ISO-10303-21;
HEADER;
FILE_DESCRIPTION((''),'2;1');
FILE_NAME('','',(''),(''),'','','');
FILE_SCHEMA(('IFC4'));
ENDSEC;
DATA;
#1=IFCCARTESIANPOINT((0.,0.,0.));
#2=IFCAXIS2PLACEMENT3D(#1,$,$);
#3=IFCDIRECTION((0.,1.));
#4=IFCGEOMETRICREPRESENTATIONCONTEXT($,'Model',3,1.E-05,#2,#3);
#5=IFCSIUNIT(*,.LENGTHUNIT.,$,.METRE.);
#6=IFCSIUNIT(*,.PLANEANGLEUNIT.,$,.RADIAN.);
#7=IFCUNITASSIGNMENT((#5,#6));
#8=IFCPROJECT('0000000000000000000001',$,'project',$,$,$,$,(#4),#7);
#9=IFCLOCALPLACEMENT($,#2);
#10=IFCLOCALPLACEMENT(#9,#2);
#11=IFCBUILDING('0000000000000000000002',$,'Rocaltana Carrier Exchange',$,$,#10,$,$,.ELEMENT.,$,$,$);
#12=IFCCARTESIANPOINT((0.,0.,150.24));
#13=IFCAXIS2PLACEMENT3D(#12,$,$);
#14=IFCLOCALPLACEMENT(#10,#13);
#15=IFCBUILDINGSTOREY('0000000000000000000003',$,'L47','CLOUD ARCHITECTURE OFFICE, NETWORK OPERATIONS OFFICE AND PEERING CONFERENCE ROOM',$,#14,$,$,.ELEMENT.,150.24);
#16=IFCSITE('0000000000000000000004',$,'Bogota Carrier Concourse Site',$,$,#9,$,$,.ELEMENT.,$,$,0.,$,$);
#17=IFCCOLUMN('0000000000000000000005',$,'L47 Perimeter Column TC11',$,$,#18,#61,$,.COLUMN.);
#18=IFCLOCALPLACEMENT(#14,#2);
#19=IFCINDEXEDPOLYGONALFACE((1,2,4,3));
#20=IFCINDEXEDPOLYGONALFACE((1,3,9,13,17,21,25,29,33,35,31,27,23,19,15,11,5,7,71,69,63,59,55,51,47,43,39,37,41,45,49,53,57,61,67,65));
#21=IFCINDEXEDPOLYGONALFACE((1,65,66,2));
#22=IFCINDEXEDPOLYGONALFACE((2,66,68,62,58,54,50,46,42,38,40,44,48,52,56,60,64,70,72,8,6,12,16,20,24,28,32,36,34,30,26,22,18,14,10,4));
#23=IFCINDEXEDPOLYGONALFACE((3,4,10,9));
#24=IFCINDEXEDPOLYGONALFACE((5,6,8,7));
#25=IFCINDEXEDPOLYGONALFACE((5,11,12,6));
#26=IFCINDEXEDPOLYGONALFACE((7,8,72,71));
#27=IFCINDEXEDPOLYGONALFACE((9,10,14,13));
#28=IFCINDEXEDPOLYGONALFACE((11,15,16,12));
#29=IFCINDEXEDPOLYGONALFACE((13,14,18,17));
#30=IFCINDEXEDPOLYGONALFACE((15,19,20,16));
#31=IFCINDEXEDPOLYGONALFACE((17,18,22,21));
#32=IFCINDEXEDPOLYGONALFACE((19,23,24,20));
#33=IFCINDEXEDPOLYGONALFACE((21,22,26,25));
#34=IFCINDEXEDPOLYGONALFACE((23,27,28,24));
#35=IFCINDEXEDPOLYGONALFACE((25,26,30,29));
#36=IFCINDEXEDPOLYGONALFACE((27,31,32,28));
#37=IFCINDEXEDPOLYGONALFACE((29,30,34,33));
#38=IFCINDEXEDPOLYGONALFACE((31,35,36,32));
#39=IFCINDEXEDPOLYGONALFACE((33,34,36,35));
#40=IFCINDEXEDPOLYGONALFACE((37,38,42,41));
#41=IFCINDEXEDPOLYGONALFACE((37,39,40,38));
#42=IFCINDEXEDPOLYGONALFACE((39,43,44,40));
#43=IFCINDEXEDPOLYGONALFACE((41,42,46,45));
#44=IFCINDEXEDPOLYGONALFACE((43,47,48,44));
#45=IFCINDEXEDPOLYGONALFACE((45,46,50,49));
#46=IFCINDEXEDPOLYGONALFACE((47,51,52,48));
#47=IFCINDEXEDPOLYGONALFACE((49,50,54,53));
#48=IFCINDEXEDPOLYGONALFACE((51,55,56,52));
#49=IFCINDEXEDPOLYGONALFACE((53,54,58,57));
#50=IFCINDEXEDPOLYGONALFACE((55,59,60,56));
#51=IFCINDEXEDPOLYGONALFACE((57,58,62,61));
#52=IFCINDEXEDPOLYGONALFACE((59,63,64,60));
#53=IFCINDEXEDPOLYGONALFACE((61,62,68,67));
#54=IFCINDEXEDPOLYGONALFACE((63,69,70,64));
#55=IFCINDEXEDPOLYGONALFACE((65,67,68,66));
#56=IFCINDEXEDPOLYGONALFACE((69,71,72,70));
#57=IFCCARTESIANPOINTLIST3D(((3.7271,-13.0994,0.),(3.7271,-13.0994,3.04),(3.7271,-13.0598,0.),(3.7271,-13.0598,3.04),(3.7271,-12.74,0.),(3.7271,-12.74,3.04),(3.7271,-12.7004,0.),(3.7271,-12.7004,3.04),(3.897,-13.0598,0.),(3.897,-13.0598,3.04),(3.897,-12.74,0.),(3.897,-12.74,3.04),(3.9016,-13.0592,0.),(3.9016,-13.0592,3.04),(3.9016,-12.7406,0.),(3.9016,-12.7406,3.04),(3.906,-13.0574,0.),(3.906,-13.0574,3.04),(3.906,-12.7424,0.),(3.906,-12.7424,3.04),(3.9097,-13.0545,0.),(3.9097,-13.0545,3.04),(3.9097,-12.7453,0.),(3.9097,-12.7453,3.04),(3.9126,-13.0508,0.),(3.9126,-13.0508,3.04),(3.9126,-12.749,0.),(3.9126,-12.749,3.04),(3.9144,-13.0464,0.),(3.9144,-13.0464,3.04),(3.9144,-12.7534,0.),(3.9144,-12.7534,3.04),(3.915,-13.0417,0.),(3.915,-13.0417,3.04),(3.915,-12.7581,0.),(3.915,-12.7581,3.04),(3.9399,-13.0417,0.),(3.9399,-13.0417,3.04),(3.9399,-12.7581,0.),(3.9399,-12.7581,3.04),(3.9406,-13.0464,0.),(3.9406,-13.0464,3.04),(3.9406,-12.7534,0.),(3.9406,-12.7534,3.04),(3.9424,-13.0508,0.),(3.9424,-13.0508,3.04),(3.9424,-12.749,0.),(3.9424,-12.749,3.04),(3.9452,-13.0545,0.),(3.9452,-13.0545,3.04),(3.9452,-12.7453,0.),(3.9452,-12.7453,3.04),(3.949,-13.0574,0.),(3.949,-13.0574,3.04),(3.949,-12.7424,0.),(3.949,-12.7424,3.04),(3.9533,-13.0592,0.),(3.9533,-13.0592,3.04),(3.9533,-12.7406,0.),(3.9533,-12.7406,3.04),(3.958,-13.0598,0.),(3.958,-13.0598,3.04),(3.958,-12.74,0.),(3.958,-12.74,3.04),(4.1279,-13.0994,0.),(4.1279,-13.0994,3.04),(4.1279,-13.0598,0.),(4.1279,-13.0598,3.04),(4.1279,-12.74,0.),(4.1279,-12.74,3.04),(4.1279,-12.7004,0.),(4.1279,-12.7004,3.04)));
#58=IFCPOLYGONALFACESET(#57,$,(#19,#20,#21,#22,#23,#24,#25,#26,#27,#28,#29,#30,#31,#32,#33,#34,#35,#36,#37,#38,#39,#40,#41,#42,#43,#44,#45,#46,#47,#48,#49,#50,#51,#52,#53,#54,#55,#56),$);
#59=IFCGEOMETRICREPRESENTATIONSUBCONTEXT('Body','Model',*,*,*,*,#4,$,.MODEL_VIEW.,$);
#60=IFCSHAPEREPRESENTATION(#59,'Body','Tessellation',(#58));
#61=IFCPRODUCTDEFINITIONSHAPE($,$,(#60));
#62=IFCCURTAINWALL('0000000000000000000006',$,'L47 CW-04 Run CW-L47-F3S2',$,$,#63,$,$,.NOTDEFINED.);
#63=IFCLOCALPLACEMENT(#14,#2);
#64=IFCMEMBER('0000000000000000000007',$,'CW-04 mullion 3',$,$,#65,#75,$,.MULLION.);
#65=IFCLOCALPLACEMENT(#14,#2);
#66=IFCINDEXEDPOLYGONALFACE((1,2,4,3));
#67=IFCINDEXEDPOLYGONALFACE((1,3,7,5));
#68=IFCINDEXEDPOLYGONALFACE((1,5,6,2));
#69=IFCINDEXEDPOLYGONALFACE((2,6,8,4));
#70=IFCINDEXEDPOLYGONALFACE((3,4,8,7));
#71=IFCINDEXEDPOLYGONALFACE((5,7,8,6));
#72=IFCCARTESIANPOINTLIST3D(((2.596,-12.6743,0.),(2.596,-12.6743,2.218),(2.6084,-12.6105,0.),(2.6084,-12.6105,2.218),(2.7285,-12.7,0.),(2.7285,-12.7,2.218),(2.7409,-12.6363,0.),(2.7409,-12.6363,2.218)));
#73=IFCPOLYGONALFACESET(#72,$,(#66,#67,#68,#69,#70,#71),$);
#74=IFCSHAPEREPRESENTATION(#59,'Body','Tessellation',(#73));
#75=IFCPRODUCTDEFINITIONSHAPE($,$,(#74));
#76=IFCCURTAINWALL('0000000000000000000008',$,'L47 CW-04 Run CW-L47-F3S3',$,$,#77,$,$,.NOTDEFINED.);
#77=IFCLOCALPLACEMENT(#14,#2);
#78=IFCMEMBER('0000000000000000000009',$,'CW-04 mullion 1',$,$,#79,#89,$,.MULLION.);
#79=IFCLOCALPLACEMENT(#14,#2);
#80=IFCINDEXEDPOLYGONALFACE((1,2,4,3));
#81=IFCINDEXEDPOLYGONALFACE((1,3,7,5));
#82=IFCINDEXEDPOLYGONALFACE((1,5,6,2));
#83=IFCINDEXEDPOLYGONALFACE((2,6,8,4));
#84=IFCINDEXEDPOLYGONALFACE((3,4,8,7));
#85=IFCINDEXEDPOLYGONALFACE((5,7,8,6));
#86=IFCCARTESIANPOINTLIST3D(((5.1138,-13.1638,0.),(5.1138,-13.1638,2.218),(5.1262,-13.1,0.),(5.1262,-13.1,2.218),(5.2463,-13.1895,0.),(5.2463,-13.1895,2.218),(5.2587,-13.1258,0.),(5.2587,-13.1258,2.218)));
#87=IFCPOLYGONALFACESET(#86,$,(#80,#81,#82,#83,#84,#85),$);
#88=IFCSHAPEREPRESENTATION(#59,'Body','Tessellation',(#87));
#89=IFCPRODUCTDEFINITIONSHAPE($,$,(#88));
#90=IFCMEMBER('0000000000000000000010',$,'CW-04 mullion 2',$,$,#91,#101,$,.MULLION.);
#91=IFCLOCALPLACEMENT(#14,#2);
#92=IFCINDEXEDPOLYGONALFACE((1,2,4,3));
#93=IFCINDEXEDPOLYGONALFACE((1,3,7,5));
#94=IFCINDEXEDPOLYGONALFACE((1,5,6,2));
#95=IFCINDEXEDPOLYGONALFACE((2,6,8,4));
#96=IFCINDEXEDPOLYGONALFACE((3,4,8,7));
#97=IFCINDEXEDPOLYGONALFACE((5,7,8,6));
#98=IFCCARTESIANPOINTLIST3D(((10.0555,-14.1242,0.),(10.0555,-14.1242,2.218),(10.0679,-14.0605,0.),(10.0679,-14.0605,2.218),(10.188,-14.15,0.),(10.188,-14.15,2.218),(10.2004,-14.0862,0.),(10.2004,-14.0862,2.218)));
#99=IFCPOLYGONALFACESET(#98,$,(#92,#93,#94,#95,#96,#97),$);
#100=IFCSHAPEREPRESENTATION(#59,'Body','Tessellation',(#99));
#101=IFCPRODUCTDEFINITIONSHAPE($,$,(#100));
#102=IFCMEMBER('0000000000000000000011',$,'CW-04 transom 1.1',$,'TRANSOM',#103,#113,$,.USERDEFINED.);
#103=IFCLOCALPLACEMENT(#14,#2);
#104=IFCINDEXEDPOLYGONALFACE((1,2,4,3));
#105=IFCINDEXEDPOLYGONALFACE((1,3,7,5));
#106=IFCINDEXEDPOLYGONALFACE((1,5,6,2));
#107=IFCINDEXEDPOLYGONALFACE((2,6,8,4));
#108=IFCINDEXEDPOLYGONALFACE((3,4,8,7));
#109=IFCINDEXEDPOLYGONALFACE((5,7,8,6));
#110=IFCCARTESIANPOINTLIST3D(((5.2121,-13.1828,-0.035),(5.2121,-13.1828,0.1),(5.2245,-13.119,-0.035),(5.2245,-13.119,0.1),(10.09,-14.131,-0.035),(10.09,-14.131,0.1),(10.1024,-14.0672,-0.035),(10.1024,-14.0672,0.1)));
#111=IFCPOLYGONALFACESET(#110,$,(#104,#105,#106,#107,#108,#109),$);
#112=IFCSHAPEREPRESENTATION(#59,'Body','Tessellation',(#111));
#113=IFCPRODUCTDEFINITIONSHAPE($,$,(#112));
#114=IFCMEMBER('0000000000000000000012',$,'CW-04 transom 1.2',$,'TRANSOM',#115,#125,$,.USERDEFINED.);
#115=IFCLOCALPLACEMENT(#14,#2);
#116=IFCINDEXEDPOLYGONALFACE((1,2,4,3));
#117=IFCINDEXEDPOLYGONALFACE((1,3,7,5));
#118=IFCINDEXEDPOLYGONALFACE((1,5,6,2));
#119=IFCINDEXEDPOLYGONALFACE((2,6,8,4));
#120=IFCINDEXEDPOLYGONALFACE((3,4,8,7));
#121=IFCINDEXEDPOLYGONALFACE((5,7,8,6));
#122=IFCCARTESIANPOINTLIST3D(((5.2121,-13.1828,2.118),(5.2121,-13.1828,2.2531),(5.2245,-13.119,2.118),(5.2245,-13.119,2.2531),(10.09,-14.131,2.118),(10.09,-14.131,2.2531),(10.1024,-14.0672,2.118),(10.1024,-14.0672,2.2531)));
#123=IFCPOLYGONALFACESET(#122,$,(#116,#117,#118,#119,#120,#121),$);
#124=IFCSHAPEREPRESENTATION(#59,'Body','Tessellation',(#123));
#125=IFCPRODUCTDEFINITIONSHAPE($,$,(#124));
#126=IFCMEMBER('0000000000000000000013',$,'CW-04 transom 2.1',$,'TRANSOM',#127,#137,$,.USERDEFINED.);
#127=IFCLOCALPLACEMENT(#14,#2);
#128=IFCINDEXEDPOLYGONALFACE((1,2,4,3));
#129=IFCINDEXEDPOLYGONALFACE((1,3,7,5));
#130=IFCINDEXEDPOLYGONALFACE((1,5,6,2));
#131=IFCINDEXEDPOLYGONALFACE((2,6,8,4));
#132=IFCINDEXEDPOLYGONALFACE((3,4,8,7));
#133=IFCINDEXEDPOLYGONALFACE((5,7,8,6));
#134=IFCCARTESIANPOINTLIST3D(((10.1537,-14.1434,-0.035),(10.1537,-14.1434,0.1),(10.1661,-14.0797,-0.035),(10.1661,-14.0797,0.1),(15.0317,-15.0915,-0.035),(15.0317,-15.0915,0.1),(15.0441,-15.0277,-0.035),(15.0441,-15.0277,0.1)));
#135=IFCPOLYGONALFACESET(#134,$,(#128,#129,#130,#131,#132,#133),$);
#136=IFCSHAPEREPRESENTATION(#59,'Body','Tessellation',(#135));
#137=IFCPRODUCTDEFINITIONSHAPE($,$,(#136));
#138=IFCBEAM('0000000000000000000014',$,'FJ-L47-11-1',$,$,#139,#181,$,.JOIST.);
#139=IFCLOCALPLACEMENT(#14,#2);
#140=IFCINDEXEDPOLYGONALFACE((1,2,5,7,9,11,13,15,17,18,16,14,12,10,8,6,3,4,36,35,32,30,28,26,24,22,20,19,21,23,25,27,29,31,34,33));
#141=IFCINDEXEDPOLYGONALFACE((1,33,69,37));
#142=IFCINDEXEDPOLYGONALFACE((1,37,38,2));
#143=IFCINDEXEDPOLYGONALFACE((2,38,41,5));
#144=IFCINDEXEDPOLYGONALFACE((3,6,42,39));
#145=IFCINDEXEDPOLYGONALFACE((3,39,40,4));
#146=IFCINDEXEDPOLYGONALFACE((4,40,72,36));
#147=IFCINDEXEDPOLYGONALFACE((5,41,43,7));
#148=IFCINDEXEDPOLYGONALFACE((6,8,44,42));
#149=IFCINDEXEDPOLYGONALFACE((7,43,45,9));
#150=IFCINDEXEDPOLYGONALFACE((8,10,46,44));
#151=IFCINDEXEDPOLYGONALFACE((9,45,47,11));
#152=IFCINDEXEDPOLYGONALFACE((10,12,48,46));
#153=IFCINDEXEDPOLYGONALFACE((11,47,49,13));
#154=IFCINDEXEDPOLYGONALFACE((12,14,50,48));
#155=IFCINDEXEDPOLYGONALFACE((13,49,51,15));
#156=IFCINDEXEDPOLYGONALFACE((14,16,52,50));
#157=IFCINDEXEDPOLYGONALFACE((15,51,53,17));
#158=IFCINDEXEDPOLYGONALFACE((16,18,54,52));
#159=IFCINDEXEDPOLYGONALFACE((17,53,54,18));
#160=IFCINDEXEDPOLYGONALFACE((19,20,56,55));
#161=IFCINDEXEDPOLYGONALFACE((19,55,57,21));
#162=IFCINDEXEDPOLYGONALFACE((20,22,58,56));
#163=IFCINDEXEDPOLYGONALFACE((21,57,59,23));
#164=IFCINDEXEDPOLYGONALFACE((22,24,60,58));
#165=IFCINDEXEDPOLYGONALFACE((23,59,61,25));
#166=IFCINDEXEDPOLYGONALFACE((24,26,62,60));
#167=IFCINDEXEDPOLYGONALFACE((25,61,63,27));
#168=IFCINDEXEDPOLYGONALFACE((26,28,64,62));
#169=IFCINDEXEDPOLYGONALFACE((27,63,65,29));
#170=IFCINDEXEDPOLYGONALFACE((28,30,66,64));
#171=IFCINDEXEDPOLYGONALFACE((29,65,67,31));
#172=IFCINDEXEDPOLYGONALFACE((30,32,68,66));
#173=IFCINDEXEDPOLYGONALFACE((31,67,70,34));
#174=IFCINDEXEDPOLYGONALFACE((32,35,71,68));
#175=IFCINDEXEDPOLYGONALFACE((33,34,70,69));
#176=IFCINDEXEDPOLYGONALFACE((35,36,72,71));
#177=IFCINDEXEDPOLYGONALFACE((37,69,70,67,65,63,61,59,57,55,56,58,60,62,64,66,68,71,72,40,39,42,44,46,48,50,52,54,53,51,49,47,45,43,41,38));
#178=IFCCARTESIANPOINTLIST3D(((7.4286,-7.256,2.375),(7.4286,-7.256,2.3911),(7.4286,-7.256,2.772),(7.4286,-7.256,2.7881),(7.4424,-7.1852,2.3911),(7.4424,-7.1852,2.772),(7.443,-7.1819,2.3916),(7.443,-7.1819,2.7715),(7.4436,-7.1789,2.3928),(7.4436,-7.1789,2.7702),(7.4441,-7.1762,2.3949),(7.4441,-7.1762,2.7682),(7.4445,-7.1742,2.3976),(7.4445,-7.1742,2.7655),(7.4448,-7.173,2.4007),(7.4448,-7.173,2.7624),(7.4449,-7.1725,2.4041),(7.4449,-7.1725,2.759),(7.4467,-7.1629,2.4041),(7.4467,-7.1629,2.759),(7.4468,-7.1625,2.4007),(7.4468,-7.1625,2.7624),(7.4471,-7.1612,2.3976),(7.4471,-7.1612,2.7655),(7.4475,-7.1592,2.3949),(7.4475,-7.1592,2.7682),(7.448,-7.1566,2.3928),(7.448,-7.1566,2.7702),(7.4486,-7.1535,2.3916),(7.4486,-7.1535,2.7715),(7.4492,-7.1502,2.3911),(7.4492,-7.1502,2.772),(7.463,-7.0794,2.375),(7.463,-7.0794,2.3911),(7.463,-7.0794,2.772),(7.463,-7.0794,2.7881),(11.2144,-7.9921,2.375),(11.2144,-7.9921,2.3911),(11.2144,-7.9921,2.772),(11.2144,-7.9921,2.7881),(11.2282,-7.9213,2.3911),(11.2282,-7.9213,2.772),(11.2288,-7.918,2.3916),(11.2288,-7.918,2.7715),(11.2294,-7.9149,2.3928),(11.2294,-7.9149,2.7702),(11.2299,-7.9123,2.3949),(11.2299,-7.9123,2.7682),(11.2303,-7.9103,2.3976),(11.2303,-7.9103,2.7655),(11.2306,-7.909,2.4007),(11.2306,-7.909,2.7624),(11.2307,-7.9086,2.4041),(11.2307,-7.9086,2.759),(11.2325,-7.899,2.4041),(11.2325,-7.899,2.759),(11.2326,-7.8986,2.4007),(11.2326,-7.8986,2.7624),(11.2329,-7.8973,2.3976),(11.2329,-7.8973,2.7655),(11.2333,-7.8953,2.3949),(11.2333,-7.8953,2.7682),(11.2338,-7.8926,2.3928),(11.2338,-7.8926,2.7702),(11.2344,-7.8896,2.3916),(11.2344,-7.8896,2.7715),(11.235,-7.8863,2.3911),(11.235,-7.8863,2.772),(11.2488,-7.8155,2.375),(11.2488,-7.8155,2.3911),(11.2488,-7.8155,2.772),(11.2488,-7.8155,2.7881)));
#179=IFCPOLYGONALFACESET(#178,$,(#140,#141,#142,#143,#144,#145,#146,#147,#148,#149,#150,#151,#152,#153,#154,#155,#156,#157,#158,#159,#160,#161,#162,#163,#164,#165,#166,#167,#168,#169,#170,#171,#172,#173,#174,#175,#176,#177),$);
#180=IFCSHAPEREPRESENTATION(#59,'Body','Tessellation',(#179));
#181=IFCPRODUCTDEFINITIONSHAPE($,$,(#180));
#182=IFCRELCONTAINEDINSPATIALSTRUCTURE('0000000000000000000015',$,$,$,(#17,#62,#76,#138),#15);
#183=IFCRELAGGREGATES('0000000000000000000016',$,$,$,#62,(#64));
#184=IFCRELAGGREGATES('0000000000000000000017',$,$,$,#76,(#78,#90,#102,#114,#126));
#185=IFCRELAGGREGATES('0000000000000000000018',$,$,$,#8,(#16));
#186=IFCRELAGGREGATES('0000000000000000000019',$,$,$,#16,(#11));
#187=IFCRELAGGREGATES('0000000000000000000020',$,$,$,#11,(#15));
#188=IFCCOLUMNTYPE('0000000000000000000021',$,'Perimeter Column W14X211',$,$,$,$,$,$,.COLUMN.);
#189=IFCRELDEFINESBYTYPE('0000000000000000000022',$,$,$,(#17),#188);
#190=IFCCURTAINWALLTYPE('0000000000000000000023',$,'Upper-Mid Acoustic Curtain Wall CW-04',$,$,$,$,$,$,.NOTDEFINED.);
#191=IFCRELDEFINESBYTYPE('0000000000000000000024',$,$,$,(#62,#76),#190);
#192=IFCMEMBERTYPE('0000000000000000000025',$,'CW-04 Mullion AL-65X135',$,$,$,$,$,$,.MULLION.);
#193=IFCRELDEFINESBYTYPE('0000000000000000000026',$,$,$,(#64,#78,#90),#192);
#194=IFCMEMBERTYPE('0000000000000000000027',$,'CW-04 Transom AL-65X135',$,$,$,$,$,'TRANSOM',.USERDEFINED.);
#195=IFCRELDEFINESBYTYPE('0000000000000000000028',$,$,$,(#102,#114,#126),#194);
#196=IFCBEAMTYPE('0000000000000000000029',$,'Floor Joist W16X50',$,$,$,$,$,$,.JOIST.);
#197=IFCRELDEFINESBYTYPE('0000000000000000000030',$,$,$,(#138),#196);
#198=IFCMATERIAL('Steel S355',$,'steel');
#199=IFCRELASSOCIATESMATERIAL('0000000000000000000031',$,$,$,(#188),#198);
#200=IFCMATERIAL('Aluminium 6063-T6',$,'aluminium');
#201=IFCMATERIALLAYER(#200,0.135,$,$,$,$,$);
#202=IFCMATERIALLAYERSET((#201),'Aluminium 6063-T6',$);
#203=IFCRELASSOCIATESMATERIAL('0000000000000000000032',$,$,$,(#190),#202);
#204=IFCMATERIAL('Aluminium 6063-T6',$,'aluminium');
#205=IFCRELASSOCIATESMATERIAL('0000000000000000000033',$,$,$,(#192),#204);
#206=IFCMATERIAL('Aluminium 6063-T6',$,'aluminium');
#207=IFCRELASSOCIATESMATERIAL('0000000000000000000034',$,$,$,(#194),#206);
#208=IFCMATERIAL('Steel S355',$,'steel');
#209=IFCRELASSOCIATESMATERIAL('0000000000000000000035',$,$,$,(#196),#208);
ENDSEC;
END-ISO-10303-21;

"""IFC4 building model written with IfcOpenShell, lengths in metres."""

from ifc_helpers import new_model, si_unit, direction, frame, origin, origin_2d, place, context, subcontext, project, spatial, rectangle, i_section, extrude, material, layer, layer_set, material_profile, profile_set, type_object, element, aggregate, save


model = new_model("IFC4")

# Units and contexts
model_context = context("Model", 3, precision=1e-05, world=origin(), true_north=direction((0.0, 1.0)))
body_context = subcontext(model_context, "Body", "Model", "MODEL_VIEW")
ifc_project = project(units=[si_unit("LENGTHUNIT", "METRE"), si_unit("PLANEANGLEUNIT", "RADIAN")], contexts=[model_context])

# Site, building, storey
site_placement = place(None, origin())
site = spatial("IfcSite", under=ifc_project, at=site_placement, Name="Bogota Carrier Concourse Site", CompositionType="ELEMENT", RefElevation=0.0)
building_placement = place(site_placement, origin())
building = spatial("IfcBuilding", under=site, at=building_placement, Name="Rocaltana Carrier Exchange", CompositionType="ELEMENT")
storey_placement = place(building_placement, frame((0.0, 0.0, 150.24)))
storey = spatial("IfcBuildingStorey", under=building, at=storey_placement, Name="L47", Description="CLOUD ARCHITECTURE OFFICE, NETWORK OPERATIONS OFFICE AND PEERING CONFERENCE ROOM", CompositionType="ELEMENT", Elevation=150.24)

# Column
ifc_material_1 = material(Name="Steel S355", Category="steel")
ifc_material_profile_1 = material_profile(ifc_material_1, i_section(OverallWidth=0.4009, OverallDepth=0.3989, WebThickness=0.0249, FlangeThickness=0.0396, FilletRadius=0.0181, at=origin_2d()), Name="W14X211")
ifc_profile_set_1 = profile_set([ifc_material_profile_1], Name="Steel S355")
column_type = type_object("IfcColumnType", Name="Perimeter Column W14X211", PredefinedType="COLUMN", material=ifc_profile_set_1)
column_placement = place(storey_placement, frame((3.9275, -12.8999, 0.0), z_axis=(0.0, 0.0, 1.0), x_axis=(1.0, 0.0, 0.0)))
element("IfcColumn", 1, at=column_placement, inside=storey, type_object=column_type, Name="L47 Perimeter Column TC11", PredefinedType="COLUMN", context=body_context, shape_type="SweptSolid", body=[
    extrude(i_section(OverallWidth=0.4009, OverallDepth=0.3989, WebThickness=0.0249, FlangeThickness=0.0396, FilletRadius=0.0181, at=origin_2d()), origin(), (0.0, 0.0, 1.0), 3.04),
])

# Curtain wall, member
ifc_material_2 = material(Name="Aluminium 6063-T6", Category="aluminium")
ifc_layer_1 = layer(ifc_material_2, 0.135)
ifc_layer_set_1 = layer_set([ifc_layer_1], Name="Aluminium 6063-T6")
curtain_wall_type = type_object("IfcCurtainWallType", Name="Upper-Mid Acoustic Curtain Wall CW-04", PredefinedType="NOTDEFINED", material=ifc_layer_set_1)
curtain_wall_1_placement = place(storey_placement, origin())
curtain_wall_1 = element("IfcCurtainWall", 2, at=curtain_wall_1_placement, inside=storey, type_object=curtain_wall_type, Name="L47 CW-04 Run CW-L47-F3S2", PredefinedType="NOTDEFINED")
ifc_material_3 = material(Name="Aluminium 6063-T6", Category="aluminium")
ifc_material_profile_2 = material_profile(ifc_material_3, rectangle(XDim=0.0649, YDim=0.135, at=origin_2d()), Name="AL-65X135")
ifc_profile_set_2 = profile_set([ifc_material_profile_2], Name="Aluminium 6063-T6")
member_type_1 = type_object("IfcMemberType", Name="CW-04 Mullion AL-65X135", PredefinedType="MULLION", material=ifc_profile_set_2)
member_1_placement = place(storey_placement, frame((2.6685, -12.6553, 0.0), z_axis=(0.0, 0.0, 1.0), x_axis=(0.190815, 0.981626, 0.0)))
member_1 = element("IfcMember", 3, at=member_1_placement, type_object=member_type_1, Name="CW-04 mullion 3", PredefinedType="MULLION", context=body_context, shape_type="SweptSolid", body=[
    extrude(rectangle(XDim=0.0649, YDim=0.135, at=origin_2d()), origin(), (0.0, 0.0, 1.0), 2.218),
])
aggregate(curtain_wall_1, [member_1])

# Curtain wall, members
curtain_wall_2_placement = place(storey_placement, origin())
curtain_wall_2 = element("IfcCurtainWall", 4, at=curtain_wall_2_placement, inside=storey, type_object=curtain_wall_type, Name="L47 CW-04 Run CW-L47-F3S3", PredefinedType="NOTDEFINED")
member_2_placement = place(storey_placement, frame((5.1863, -13.1448, 0.0), z_axis=(0.0, 0.0, 1.0), x_axis=(0.190805, 0.981628, 0.0)))
member_2 = element("IfcMember", 5, at=member_2_placement, type_object=member_type_1, Name="CW-04 mullion 1", PredefinedType="MULLION", context=body_context, shape_type="SweptSolid", body=[
    extrude(rectangle(XDim=0.0649, YDim=0.135, at=origin_2d()), origin(), (0.0, 0.0, 1.0), 2.218),
])
member_3_placement = place(storey_placement, frame((10.1279, -14.1052, 0.0), z_axis=(0.0, 0.0, 1.0), x_axis=(0.190805, 0.981628, 0.0)))
member_3 = element("IfcMember", 6, at=member_3_placement, type_object=member_type_1, Name="CW-04 mullion 2", PredefinedType="MULLION", context=body_context, shape_type="SweptSolid", body=[
    extrude(rectangle(XDim=0.0649, YDim=0.135, at=origin_2d()), origin(), (0.0, 0.0, 1.0), 2.218),
])
ifc_material_4 = material(Name="Aluminium 6063-T6", Category="aluminium")
ifc_material_profile_3 = material_profile(ifc_material_4, rectangle(XDim=0.0649, YDim=0.135, at=origin_2d()), Name="AL-65X135")
ifc_profile_set_3 = profile_set([ifc_material_profile_3], Name="Aluminium 6063-T6")
member_type_2 = type_object("IfcMemberType", Name="CW-04 Transom AL-65X135", ElementType="TRANSOM", PredefinedType="USERDEFINED", material=ifc_profile_set_3)
member_4_placement = place(storey_placement, frame((5.2183, -13.1509, 0.0325), z_axis=(0.981625, -0.190822, 0.0), x_axis=(0.190822, 0.981625, 0.0)))
member_4 = element("IfcMember", 7, at=member_4_placement, type_object=member_type_2, Name="CW-04 transom 1.1", ObjectType="TRANSOM", PredefinedType="USERDEFINED", context=body_context, shape_type="SweptSolid", body=[
    extrude(rectangle(XDim=0.0649, YDim=0.135, at=origin_2d()), origin(), (0.0, 0.0, 1.0), 4.9692),
])
member_5_placement = place(storey_placement, frame((5.2183, -13.1509, 2.1855), z_axis=(0.981625, -0.190822, 0.0), x_axis=(0.190822, 0.981625, 0.0)))
member_5 = element("IfcMember", 8, at=member_5_placement, type_object=member_type_2, Name="CW-04 transom 1.2", ObjectType="TRANSOM", PredefinedType="USERDEFINED", context=body_context, shape_type="SweptSolid", body=[
    extrude(rectangle(XDim=0.0649, YDim=0.135, at=origin_2d()), origin(), (0.0, 0.0, 1.0), 4.9692),
])
member_6_placement = place(storey_placement, frame((10.1599, -14.1116, 0.0325), z_axis=(0.981634, -0.190775, 0.0), x_axis=(0.190775, 0.981634, 0.0)))
member_6 = element("IfcMember", 9, at=member_6_placement, type_object=member_type_2, Name="CW-04 transom 2.1", ObjectType="TRANSOM", PredefinedType="USERDEFINED", context=body_context, shape_type="SweptSolid", body=[
    extrude(rectangle(XDim=0.0649, YDim=0.135, at=origin_2d()), origin(), (0.0, 0.0, 1.0), 4.9692),
])

# Beam
ifc_material_5 = material(Name="Steel S355", Category="steel")
ifc_material_profile_4 = material_profile(ifc_material_5, i_section(OverallWidth=0.1799, OverallDepth=0.4131, WebThickness=0.0098, FlangeThickness=0.0161, FilletRadius=0.0129, at=origin_2d()), Name="W16X50")
ifc_profile_set_4 = profile_set([ifc_material_profile_4], Name="Steel S355")
beam_type_1 = type_object("IfcBeamType", Name="Floor Joist W16X50", PredefinedType="JOIST", material=ifc_profile_set_4)
beam_1_placement = place(storey_placement, frame((7.4458, -7.1677, 2.5815), z_axis=(0.981618, -0.190854, 0.0), x_axis=(0.190854, 0.981618, 0.0)))
element("IfcBeam", 10, at=beam_1_placement, inside=storey, type_object=beam_type_1, Name="FJ-L47-11-1", PredefinedType="JOIST", context=body_context, shape_type="SweptSolid", body=[
    extrude(i_section(OverallWidth=0.1799, OverallDepth=0.4131, WebThickness=0.0098, FlangeThickness=0.0161, FilletRadius=0.0129, at=origin_2d()), origin(), (0.0, 0.0, 1.0), 3.8567),
])

aggregate(curtain_wall_2, [member_2, member_3, member_4, member_5, member_6])

save(model, "model.ifc")
